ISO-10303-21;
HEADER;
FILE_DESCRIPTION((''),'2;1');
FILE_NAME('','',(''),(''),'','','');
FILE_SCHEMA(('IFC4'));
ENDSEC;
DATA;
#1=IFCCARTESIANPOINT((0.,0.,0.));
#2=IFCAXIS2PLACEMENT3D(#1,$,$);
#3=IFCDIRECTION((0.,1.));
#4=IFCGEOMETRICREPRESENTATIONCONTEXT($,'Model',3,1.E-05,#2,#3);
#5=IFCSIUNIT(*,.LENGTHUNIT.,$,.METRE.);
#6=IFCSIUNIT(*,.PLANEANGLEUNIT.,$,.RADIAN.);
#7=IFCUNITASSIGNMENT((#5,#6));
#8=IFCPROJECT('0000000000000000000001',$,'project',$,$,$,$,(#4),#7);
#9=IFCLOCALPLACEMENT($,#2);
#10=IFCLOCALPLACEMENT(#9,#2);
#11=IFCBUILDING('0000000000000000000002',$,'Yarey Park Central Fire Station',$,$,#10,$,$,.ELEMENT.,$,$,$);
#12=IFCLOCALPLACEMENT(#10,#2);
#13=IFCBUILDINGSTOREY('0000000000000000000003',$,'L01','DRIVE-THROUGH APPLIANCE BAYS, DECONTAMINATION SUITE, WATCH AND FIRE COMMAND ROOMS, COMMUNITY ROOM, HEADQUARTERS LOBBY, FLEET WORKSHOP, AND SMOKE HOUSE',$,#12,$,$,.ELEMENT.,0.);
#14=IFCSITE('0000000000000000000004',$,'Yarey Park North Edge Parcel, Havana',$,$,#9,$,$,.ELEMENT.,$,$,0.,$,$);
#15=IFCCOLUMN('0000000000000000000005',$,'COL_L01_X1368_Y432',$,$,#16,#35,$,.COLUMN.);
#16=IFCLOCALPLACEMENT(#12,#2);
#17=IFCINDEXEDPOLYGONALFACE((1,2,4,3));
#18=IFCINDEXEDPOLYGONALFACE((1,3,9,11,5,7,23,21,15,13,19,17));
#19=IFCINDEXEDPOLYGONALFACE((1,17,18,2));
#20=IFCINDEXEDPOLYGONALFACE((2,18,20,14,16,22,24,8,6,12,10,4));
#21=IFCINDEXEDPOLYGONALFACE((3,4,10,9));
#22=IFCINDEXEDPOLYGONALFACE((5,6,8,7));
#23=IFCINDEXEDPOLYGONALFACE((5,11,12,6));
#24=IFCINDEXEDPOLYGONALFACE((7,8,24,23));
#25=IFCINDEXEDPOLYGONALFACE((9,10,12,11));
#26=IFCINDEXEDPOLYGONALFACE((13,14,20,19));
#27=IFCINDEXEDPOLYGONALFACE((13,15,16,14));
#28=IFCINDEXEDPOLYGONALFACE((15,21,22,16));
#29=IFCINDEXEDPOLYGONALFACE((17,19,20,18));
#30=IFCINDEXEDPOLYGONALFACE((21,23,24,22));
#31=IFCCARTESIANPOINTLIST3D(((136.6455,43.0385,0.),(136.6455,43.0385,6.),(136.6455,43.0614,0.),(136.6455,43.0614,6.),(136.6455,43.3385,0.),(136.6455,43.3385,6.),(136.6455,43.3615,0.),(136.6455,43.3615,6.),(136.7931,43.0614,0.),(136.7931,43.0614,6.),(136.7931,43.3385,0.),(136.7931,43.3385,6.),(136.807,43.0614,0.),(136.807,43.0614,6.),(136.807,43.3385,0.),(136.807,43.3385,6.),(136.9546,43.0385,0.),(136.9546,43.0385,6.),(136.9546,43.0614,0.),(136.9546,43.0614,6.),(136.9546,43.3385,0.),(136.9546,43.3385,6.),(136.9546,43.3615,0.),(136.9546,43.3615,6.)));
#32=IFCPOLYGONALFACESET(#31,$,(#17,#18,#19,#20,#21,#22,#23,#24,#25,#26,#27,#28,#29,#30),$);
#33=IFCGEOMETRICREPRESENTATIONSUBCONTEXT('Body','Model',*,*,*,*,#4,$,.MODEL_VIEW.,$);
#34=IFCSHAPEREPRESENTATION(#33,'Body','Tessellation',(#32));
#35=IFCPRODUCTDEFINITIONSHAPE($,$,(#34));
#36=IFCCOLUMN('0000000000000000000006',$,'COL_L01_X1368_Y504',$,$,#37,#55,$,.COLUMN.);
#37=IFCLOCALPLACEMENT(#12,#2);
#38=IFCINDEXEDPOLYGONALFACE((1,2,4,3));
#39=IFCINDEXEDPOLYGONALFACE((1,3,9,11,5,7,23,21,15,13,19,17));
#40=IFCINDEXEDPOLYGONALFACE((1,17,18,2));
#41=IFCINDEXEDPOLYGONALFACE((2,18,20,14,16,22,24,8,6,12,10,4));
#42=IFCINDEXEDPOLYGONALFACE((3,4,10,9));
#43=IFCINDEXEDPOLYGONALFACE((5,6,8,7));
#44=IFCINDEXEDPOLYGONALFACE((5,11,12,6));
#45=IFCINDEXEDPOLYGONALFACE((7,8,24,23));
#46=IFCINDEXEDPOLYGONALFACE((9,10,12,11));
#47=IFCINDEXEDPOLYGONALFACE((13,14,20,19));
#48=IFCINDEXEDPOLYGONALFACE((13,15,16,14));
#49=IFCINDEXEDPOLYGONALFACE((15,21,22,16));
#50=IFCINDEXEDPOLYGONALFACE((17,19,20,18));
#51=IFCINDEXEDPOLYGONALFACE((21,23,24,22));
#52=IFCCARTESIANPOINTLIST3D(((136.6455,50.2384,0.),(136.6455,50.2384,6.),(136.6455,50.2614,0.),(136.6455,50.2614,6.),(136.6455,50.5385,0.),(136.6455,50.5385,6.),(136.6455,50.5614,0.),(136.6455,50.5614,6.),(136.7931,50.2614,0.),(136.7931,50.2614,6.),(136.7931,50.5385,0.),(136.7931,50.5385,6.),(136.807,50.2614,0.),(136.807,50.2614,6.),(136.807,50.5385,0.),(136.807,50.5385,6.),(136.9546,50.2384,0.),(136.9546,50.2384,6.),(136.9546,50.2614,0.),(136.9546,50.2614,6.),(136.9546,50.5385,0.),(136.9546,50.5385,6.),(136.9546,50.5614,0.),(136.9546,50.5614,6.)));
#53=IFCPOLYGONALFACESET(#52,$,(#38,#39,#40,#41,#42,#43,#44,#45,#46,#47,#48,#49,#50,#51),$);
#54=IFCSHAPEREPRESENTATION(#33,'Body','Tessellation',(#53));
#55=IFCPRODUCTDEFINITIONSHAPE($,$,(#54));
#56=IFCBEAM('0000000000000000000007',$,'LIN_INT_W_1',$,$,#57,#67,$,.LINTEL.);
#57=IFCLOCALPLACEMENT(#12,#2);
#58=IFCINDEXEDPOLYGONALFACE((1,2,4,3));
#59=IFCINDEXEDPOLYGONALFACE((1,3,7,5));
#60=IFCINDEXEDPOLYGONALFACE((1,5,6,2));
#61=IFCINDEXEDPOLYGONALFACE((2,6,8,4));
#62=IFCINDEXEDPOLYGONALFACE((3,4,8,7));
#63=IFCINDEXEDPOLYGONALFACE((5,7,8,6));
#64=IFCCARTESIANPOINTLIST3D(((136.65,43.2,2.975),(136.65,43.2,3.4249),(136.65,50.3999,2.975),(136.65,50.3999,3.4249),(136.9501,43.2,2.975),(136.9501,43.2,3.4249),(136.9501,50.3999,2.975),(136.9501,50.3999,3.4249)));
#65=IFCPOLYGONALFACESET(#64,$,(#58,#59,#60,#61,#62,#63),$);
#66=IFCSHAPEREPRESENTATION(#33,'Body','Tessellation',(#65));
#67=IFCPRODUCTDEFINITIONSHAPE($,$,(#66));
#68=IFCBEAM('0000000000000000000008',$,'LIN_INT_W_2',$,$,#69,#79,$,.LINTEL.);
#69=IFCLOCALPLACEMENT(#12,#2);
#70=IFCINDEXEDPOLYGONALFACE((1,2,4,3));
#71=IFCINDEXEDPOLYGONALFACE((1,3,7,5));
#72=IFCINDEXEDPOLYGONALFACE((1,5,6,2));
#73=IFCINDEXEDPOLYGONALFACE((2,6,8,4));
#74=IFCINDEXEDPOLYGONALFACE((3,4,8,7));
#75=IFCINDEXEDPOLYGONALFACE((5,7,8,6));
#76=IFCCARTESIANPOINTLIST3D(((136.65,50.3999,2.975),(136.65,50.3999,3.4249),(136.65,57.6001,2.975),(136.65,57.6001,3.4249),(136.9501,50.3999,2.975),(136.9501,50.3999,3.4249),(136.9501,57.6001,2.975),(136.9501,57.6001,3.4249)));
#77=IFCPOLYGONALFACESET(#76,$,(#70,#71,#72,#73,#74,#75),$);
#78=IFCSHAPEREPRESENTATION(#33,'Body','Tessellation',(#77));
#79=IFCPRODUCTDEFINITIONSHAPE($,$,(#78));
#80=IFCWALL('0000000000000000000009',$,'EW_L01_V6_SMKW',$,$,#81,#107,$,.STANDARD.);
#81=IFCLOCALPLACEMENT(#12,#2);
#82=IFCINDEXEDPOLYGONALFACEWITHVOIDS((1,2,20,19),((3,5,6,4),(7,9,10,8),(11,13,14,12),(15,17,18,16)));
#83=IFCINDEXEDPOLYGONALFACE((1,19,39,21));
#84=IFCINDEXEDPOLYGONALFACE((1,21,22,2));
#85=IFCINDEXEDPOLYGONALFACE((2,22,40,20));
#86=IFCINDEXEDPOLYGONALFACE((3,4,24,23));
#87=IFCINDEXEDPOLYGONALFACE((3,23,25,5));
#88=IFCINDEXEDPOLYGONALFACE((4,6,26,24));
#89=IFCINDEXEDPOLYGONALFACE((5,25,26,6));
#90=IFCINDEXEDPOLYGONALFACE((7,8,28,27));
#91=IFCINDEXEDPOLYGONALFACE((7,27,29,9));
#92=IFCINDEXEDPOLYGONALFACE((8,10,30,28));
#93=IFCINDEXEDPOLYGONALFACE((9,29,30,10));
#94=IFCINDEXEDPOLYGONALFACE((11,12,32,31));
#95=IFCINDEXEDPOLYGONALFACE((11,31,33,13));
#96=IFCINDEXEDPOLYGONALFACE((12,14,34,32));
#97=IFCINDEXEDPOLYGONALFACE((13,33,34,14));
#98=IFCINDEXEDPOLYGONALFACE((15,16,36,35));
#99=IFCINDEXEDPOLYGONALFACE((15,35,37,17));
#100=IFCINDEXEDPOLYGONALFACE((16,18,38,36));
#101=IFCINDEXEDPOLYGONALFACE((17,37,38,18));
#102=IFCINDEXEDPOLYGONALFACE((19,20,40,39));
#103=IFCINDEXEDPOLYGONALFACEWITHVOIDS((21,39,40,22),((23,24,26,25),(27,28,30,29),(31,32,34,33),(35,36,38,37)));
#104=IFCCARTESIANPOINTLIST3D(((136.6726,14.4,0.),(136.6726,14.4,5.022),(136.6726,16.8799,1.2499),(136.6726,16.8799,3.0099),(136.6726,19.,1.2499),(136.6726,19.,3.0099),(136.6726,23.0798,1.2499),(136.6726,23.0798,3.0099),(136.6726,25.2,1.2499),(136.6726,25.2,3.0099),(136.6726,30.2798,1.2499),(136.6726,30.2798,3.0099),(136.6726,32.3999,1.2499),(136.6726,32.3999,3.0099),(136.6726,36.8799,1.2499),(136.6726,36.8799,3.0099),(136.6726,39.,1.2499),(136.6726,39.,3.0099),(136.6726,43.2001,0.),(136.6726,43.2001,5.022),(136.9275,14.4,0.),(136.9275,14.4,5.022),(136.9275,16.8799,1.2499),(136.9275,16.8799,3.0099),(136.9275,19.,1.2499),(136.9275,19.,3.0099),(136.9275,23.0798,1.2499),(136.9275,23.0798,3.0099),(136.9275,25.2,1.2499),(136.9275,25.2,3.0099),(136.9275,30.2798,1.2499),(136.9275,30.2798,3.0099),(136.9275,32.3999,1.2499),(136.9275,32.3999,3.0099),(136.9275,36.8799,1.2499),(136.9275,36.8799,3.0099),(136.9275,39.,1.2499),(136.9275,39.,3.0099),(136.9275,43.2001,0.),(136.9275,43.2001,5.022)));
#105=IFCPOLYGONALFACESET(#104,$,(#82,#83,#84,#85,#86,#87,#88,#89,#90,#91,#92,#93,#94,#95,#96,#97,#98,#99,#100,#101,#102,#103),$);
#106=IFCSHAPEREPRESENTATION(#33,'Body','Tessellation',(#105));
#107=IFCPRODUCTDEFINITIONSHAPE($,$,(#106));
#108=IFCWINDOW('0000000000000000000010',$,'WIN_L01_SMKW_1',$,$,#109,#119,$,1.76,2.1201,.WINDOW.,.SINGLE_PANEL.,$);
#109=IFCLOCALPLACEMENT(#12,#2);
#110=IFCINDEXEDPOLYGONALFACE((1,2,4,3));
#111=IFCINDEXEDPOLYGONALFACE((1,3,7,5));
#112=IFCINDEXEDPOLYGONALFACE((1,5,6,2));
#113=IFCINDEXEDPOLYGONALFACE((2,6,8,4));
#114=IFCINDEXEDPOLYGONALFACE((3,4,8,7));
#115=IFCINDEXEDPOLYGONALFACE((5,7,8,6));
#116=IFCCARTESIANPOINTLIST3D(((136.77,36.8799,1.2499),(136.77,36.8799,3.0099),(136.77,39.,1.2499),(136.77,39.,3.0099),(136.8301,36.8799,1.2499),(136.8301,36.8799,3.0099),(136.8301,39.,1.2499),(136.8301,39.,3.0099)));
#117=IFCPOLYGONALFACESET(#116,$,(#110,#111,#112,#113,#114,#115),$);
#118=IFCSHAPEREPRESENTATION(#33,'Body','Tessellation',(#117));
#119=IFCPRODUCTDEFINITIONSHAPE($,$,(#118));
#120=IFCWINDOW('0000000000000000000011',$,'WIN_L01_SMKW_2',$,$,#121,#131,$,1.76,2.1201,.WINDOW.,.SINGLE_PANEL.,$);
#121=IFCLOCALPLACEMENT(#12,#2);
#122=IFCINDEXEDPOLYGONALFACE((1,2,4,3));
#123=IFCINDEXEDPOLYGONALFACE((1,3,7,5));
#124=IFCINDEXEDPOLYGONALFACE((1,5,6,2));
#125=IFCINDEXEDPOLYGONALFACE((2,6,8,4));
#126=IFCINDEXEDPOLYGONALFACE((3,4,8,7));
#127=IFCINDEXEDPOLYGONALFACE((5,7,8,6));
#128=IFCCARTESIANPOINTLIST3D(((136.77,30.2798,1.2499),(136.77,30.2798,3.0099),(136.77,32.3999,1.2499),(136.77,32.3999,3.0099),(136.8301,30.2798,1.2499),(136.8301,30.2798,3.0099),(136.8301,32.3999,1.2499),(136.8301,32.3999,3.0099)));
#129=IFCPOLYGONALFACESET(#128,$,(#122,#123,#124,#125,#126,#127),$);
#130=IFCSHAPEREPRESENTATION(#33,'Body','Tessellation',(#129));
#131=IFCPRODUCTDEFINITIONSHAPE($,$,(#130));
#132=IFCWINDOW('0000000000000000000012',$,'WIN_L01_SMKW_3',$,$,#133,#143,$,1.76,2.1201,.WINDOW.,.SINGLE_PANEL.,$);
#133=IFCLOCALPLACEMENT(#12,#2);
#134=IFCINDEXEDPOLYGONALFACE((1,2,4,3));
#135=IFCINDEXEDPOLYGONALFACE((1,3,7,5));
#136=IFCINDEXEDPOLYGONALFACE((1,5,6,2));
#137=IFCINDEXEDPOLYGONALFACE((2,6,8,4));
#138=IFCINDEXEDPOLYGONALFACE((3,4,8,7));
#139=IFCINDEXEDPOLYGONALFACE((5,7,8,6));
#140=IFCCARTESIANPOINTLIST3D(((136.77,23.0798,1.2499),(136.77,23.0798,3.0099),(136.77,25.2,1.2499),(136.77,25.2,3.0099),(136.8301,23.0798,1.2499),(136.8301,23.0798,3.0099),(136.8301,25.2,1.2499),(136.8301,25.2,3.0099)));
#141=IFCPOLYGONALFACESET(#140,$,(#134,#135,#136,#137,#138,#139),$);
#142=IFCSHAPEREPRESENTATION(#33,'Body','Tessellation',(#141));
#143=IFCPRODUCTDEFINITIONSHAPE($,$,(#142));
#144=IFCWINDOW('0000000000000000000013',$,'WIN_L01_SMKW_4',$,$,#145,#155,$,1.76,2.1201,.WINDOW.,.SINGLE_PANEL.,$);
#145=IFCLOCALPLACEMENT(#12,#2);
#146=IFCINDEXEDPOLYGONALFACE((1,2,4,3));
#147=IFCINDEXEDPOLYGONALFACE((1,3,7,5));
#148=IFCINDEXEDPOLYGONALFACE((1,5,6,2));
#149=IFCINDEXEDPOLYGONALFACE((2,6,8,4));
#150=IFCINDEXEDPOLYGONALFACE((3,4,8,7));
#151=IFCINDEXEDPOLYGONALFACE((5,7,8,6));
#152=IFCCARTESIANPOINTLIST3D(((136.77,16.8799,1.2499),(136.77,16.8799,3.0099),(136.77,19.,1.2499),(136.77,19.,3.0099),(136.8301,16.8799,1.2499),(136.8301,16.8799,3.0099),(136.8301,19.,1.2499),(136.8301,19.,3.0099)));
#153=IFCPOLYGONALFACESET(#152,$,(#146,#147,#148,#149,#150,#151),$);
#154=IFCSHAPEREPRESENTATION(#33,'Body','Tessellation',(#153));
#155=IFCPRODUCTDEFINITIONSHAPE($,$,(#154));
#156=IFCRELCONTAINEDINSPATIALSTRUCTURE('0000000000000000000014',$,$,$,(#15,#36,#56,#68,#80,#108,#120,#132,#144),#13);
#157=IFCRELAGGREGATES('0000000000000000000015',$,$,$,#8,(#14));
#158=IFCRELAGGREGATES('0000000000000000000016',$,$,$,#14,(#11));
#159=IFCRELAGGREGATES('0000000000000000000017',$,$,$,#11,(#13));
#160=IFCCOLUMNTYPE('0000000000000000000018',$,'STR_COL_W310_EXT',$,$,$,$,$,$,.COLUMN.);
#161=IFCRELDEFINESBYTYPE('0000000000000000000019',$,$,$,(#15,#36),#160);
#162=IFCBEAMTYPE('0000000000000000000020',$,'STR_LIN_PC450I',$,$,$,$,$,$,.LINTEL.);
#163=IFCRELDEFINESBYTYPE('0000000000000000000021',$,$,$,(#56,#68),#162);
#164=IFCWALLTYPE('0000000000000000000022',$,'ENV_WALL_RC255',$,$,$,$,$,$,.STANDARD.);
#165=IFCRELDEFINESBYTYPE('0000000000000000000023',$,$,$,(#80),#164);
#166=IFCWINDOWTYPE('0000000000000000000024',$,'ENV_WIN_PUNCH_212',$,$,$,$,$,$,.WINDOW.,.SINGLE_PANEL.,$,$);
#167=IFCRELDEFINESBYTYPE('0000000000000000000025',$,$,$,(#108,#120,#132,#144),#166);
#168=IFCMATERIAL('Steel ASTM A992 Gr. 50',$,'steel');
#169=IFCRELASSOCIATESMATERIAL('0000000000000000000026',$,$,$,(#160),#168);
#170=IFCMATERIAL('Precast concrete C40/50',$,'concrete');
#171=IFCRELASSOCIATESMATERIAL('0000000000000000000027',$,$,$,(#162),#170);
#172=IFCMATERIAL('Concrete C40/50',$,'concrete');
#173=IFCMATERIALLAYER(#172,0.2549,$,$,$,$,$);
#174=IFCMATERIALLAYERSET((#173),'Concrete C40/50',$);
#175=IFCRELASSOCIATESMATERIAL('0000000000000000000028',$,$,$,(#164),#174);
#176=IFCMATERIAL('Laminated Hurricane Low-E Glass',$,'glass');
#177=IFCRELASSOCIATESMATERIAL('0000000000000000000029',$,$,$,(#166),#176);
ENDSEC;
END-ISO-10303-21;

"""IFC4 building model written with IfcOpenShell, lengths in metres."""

from ifc_helpers import new_model, si_unit, direction, frame, frame_2d, origin, origin_2d, place, context, subcontext, project, spatial, rectangle, i_section, extrude, material, layer, layer_set, material_profile, profile_set, type_object, element, fill, save


model = new_model("IFC4")

# Units and contexts
model_context = context("Model", 3, precision=1e-05, world=origin(), true_north=direction((0.0, 1.0)))
body_context = subcontext(model_context, "Body", "Model", "MODEL_VIEW")
ifc_project = project(units=[si_unit("LENGTHUNIT", "METRE"), si_unit("PLANEANGLEUNIT", "RADIAN")], contexts=[model_context])

# Site, building, storey
site_placement = place(None, origin())
site = spatial("IfcSite", under=ifc_project, at=site_placement, Name="Yarey Park North Edge Parcel, Havana", CompositionType="ELEMENT", RefElevation=0.0)
building_placement = place(site_placement, origin())
building = spatial("IfcBuilding", under=site, at=building_placement, Name="Yarey Park Central Fire Station", CompositionType="ELEMENT")
storey_placement = place(building_placement, origin())
storey = spatial("IfcBuildingStorey", under=building, at=storey_placement, Name="L01", Description="DRIVE-THROUGH APPLIANCE BAYS, DECONTAMINATION SUITE, WATCH AND FIRE COMMAND ROOMS, COMMUNITY ROOM, HEADQUARTERS LOBBY, FLEET WORKSHOP, AND SMOKE HOUSE", CompositionType="ELEMENT", Elevation=0.0)

# Columns
ifc_material_1 = material(Name="Steel ASTM A992 Gr. 50", Category="steel")
ifc_material_profile_1 = material_profile(ifc_material_1, i_section(OverallWidth=0.3091, OverallDepth=0.323, WebThickness=0.0139, FlangeThickness=0.0229, at=origin_2d()), Name="W310x143")
ifc_profile_set_1 = profile_set([ifc_material_profile_1], Name="Steel ASTM A992 Gr. 50")
column_type = type_object("IfcColumnType", Name="STR_COL_W310_EXT", PredefinedType="COLUMN", material=ifc_profile_set_1)
for number, where, z_axis, x_axis, name in (
    (1, (136.8, 43.2, 0.0), (0.0, 0.0, 1.0), (1.0, 0.0, 0.0), "COL_L01_X1368_Y432"),
    (2, (136.8, 50.3999, 0.0), (0.0, 0.0, 1.0), (1.0, 0.0, 0.0), "COL_L01_X1368_Y504"),
):
    element("IfcColumn", number, at=place(storey_placement, frame(where, z_axis=z_axis, x_axis=x_axis)), inside=storey, type_object=column_type, Name=name, PredefinedType="COLUMN", context=body_context, shape_type="SweptSolid", body=[
        extrude(i_section(OverallWidth=0.3091, OverallDepth=0.323, WebThickness=0.0139, FlangeThickness=0.0229, at=origin_2d()), origin(), (0.0, 0.0, 1.0), 6.0),
    ])

# Beams
ifc_material_2 = material(Name="Precast concrete C40/50", Category="concrete")
ifc_material_profile_2 = material_profile(ifc_material_2, rectangle(XDim=0.3, YDim=0.45, at=origin_2d()), Name="PC 300x450")
ifc_profile_set_2 = profile_set([ifc_material_profile_2], Name="Precast concrete C40/50")
beam_type = type_object("IfcBeamType", Name="STR_LIN_PC450I", PredefinedType="LINTEL", material=ifc_profile_set_2)
beam_1_placement = place(storey_placement, frame((136.8, 43.2, 3.2), z_axis=(0.0, 1.0, 0.0), x_axis=(-1.0, 0.0, 0.0)))
element("IfcBeam", 3, at=beam_1_placement, inside=storey, type_object=beam_type, Name="LIN_INT_W_1", PredefinedType="LINTEL", context=body_context, shape_type="SweptSolid", body=[
    extrude(rectangle(XDim=0.3, YDim=0.45, at=origin_2d()), origin(), (0.0, 0.0, 1.0), 7.2),
])
beam_2_placement = place(storey_placement, frame((136.8, 50.3999, 3.2), z_axis=(0.0, 1.0, 0.0), x_axis=(-1.0, 0.0, 0.0)))
element("IfcBeam", 4, at=beam_2_placement, inside=storey, type_object=beam_type, Name="LIN_INT_W_2", PredefinedType="LINTEL", context=body_context, shape_type="SweptSolid", body=[
    extrude(rectangle(XDim=0.3, YDim=0.45, at=origin_2d()), origin(), (0.0, 0.0, 1.0), 7.2002),
])

# Wall, openings, windows
ifc_material_3 = material(Name="Concrete C40/50", Category="concrete")
ifc_layer_1 = layer(ifc_material_3, 0.2549)
ifc_layer_set_1 = layer_set([ifc_layer_1], Name="Concrete C40/50")
wall_type_1 = type_object("IfcWallType", Name="ENV_WALL_RC255", PredefinedType="STANDARD", material=ifc_layer_set_1)
wall_1_placement = place(storey_placement, frame((136.8, 43.2, 0.0), z_axis=(0.0, 0.0, 1.0), x_axis=(0.0, -1.0, 0.0)))
wall_1 = element("IfcWall", 5, at=wall_1_placement, inside=storey, type_object=wall_type_1, Name="EW_L01_V6_SMKW", PredefinedType="STANDARD", context=body_context, shape_type="SweptSolid", body=[
    extrude(rectangle(XDim=28.8, YDim=0.2549, at=frame_2d((14.3999, 0.0))), origin(), (0.0, 0.0, 1.0), 5.022),
])
opening_1_placement = place(wall_1_placement, frame((4.2, 0.0, 1.25)))
opening_1 = element("IfcOpeningElement", 6, at=opening_1_placement, cuts=wall_1, PredefinedType="OPENING", context=body_context, shape_type="SweptSolid", body=[
    extrude(rectangle(XDim=2.1201, YDim=1.76, at=frame_2d((1.0601, 0.8799))), frame((0.0, 0.1375, 0.0), z_axis=(0.0, -1.0, 0.0), x_axis=(1.0, 0.0, 0.0)), (0.0, 0.0, 1.0), 0.2749),
])
opening_2_placement = place(wall_1_placement, frame((10.8, 0.0, 1.25)))
opening_2 = element("IfcOpeningElement", 7, at=opening_2_placement, cuts=wall_1, PredefinedType="OPENING", context=body_context, shape_type="SweptSolid", body=[
    extrude(rectangle(XDim=2.1201, YDim=1.76, at=frame_2d((1.0601, 0.8799))), frame((0.0, 0.1375, 0.0), z_axis=(0.0, -1.0, 0.0), x_axis=(1.0, 0.0, 0.0)), (0.0, 0.0, 1.0), 0.2749),
])
opening_3_placement = place(wall_1_placement, frame((18.0, 0.0, 1.25)))
opening_3 = element("IfcOpeningElement", 8, at=opening_3_placement, cuts=wall_1, PredefinedType="OPENING", context=body_context, shape_type="SweptSolid", body=[
    extrude(rectangle(XDim=2.1201, YDim=1.76, at=frame_2d((1.0601, 0.8799))), frame((0.0, 0.1375, 0.0), z_axis=(0.0, -1.0, 0.0), x_axis=(1.0, 0.0, 0.0)), (0.0, 0.0, 1.0), 0.2749),
])
opening_4_placement = place(wall_1_placement, frame((24.2, 0.0, 1.25)))
opening_4 = element("IfcOpeningElement", 9, at=opening_4_placement, cuts=wall_1, PredefinedType="OPENING", context=body_context, shape_type="SweptSolid", body=[
    extrude(rectangle(XDim=2.1201, YDim=1.76, at=frame_2d((1.0601, 0.8799))), frame((0.0, 0.1375, 0.0), z_axis=(0.0, -1.0, 0.0), x_axis=(1.0, 0.0, 0.0)), (0.0, 0.0, 1.0), 0.2749),
])
ifc_material_4 = material(Name="Laminated Hurricane Low-E Glass", Category="glass")
window_type = type_object("IfcWindowType", Name="ENV_WIN_PUNCH_212", PartitioningType="SINGLE_PANEL", PredefinedType="WINDOW", material=ifc_material_4)
window_1_placement = place(opening_1_placement, origin())
window_1 = element("IfcWindow", 10, at=window_1_placement, inside=storey, type_object=window_type, Name="WIN_L01_SMKW_1", OverallHeight=1.76, OverallWidth=2.1201, PartitioningType="SINGLE_PANEL", PredefinedType="WINDOW", context=body_context, shape_type="SweptSolid", body=[
    extrude(rectangle(XDim=2.1201, YDim=1.76, at=frame_2d((1.0601, 0.8799))), frame((0.0, 0.03, 0.0), z_axis=(0.0, -1.0, 0.0), x_axis=(1.0, 0.0, 0.0)), (0.0, 0.0, 1.0), 0.0601),
])
fill(opening_1, window_1)
window_2_placement = place(opening_2_placement, origin())
window_2 = element("IfcWindow", 11, at=window_2_placement, inside=storey, type_object=window_type, Name="WIN_L01_SMKW_2", OverallHeight=1.76, OverallWidth=2.1201, PartitioningType="SINGLE_PANEL", PredefinedType="WINDOW", context=body_context, shape_type="SweptSolid", body=[
    extrude(rectangle(XDim=2.1201, YDim=1.76, at=frame_2d((1.0601, 0.8799))), frame((0.0, 0.03, 0.0), z_axis=(0.0, -1.0, 0.0), x_axis=(1.0, 0.0, 0.0)), (0.0, 0.0, 1.0), 0.0601),
])
fill(opening_2, window_2)
window_3_placement = place(opening_3_placement, origin())
window_3 = element("IfcWindow", 12, at=window_3_placement, inside=storey, type_object=window_type, Name="WIN_L01_SMKW_3", OverallHeight=1.76, OverallWidth=2.1201, PartitioningType="SINGLE_PANEL", PredefinedType="WINDOW", context=body_context, shape_type="SweptSolid", body=[
    extrude(rectangle(XDim=2.1201, YDim=1.76, at=frame_2d((1.0601, 0.8799))), frame((0.0, 0.03, 0.0), z_axis=(0.0, -1.0, 0.0), x_axis=(1.0, 0.0, 0.0)), (0.0, 0.0, 1.0), 0.0601),
])
fill(opening_3, window_3)
window_4_placement = place(opening_4_placement, origin())
window_4 = element("IfcWindow", 13, at=window_4_placement, inside=storey, type_object=window_type, Name="WIN_L01_SMKW_4", OverallHeight=1.76, OverallWidth=2.1201, PartitioningType="SINGLE_PANEL", PredefinedType="WINDOW", context=body_context, shape_type="SweptSolid", body=[
    extrude(rectangle(XDim=2.1201, YDim=1.76, at=frame_2d((1.0601, 0.8799))), frame((0.0, 0.03, 0.0), z_axis=(0.0, -1.0, 0.0), x_axis=(1.0, 0.0, 0.0)), (0.0, 0.0, 1.0), 0.0601),
])
fill(opening_4, window_4)

save(model, "model.ifc")
